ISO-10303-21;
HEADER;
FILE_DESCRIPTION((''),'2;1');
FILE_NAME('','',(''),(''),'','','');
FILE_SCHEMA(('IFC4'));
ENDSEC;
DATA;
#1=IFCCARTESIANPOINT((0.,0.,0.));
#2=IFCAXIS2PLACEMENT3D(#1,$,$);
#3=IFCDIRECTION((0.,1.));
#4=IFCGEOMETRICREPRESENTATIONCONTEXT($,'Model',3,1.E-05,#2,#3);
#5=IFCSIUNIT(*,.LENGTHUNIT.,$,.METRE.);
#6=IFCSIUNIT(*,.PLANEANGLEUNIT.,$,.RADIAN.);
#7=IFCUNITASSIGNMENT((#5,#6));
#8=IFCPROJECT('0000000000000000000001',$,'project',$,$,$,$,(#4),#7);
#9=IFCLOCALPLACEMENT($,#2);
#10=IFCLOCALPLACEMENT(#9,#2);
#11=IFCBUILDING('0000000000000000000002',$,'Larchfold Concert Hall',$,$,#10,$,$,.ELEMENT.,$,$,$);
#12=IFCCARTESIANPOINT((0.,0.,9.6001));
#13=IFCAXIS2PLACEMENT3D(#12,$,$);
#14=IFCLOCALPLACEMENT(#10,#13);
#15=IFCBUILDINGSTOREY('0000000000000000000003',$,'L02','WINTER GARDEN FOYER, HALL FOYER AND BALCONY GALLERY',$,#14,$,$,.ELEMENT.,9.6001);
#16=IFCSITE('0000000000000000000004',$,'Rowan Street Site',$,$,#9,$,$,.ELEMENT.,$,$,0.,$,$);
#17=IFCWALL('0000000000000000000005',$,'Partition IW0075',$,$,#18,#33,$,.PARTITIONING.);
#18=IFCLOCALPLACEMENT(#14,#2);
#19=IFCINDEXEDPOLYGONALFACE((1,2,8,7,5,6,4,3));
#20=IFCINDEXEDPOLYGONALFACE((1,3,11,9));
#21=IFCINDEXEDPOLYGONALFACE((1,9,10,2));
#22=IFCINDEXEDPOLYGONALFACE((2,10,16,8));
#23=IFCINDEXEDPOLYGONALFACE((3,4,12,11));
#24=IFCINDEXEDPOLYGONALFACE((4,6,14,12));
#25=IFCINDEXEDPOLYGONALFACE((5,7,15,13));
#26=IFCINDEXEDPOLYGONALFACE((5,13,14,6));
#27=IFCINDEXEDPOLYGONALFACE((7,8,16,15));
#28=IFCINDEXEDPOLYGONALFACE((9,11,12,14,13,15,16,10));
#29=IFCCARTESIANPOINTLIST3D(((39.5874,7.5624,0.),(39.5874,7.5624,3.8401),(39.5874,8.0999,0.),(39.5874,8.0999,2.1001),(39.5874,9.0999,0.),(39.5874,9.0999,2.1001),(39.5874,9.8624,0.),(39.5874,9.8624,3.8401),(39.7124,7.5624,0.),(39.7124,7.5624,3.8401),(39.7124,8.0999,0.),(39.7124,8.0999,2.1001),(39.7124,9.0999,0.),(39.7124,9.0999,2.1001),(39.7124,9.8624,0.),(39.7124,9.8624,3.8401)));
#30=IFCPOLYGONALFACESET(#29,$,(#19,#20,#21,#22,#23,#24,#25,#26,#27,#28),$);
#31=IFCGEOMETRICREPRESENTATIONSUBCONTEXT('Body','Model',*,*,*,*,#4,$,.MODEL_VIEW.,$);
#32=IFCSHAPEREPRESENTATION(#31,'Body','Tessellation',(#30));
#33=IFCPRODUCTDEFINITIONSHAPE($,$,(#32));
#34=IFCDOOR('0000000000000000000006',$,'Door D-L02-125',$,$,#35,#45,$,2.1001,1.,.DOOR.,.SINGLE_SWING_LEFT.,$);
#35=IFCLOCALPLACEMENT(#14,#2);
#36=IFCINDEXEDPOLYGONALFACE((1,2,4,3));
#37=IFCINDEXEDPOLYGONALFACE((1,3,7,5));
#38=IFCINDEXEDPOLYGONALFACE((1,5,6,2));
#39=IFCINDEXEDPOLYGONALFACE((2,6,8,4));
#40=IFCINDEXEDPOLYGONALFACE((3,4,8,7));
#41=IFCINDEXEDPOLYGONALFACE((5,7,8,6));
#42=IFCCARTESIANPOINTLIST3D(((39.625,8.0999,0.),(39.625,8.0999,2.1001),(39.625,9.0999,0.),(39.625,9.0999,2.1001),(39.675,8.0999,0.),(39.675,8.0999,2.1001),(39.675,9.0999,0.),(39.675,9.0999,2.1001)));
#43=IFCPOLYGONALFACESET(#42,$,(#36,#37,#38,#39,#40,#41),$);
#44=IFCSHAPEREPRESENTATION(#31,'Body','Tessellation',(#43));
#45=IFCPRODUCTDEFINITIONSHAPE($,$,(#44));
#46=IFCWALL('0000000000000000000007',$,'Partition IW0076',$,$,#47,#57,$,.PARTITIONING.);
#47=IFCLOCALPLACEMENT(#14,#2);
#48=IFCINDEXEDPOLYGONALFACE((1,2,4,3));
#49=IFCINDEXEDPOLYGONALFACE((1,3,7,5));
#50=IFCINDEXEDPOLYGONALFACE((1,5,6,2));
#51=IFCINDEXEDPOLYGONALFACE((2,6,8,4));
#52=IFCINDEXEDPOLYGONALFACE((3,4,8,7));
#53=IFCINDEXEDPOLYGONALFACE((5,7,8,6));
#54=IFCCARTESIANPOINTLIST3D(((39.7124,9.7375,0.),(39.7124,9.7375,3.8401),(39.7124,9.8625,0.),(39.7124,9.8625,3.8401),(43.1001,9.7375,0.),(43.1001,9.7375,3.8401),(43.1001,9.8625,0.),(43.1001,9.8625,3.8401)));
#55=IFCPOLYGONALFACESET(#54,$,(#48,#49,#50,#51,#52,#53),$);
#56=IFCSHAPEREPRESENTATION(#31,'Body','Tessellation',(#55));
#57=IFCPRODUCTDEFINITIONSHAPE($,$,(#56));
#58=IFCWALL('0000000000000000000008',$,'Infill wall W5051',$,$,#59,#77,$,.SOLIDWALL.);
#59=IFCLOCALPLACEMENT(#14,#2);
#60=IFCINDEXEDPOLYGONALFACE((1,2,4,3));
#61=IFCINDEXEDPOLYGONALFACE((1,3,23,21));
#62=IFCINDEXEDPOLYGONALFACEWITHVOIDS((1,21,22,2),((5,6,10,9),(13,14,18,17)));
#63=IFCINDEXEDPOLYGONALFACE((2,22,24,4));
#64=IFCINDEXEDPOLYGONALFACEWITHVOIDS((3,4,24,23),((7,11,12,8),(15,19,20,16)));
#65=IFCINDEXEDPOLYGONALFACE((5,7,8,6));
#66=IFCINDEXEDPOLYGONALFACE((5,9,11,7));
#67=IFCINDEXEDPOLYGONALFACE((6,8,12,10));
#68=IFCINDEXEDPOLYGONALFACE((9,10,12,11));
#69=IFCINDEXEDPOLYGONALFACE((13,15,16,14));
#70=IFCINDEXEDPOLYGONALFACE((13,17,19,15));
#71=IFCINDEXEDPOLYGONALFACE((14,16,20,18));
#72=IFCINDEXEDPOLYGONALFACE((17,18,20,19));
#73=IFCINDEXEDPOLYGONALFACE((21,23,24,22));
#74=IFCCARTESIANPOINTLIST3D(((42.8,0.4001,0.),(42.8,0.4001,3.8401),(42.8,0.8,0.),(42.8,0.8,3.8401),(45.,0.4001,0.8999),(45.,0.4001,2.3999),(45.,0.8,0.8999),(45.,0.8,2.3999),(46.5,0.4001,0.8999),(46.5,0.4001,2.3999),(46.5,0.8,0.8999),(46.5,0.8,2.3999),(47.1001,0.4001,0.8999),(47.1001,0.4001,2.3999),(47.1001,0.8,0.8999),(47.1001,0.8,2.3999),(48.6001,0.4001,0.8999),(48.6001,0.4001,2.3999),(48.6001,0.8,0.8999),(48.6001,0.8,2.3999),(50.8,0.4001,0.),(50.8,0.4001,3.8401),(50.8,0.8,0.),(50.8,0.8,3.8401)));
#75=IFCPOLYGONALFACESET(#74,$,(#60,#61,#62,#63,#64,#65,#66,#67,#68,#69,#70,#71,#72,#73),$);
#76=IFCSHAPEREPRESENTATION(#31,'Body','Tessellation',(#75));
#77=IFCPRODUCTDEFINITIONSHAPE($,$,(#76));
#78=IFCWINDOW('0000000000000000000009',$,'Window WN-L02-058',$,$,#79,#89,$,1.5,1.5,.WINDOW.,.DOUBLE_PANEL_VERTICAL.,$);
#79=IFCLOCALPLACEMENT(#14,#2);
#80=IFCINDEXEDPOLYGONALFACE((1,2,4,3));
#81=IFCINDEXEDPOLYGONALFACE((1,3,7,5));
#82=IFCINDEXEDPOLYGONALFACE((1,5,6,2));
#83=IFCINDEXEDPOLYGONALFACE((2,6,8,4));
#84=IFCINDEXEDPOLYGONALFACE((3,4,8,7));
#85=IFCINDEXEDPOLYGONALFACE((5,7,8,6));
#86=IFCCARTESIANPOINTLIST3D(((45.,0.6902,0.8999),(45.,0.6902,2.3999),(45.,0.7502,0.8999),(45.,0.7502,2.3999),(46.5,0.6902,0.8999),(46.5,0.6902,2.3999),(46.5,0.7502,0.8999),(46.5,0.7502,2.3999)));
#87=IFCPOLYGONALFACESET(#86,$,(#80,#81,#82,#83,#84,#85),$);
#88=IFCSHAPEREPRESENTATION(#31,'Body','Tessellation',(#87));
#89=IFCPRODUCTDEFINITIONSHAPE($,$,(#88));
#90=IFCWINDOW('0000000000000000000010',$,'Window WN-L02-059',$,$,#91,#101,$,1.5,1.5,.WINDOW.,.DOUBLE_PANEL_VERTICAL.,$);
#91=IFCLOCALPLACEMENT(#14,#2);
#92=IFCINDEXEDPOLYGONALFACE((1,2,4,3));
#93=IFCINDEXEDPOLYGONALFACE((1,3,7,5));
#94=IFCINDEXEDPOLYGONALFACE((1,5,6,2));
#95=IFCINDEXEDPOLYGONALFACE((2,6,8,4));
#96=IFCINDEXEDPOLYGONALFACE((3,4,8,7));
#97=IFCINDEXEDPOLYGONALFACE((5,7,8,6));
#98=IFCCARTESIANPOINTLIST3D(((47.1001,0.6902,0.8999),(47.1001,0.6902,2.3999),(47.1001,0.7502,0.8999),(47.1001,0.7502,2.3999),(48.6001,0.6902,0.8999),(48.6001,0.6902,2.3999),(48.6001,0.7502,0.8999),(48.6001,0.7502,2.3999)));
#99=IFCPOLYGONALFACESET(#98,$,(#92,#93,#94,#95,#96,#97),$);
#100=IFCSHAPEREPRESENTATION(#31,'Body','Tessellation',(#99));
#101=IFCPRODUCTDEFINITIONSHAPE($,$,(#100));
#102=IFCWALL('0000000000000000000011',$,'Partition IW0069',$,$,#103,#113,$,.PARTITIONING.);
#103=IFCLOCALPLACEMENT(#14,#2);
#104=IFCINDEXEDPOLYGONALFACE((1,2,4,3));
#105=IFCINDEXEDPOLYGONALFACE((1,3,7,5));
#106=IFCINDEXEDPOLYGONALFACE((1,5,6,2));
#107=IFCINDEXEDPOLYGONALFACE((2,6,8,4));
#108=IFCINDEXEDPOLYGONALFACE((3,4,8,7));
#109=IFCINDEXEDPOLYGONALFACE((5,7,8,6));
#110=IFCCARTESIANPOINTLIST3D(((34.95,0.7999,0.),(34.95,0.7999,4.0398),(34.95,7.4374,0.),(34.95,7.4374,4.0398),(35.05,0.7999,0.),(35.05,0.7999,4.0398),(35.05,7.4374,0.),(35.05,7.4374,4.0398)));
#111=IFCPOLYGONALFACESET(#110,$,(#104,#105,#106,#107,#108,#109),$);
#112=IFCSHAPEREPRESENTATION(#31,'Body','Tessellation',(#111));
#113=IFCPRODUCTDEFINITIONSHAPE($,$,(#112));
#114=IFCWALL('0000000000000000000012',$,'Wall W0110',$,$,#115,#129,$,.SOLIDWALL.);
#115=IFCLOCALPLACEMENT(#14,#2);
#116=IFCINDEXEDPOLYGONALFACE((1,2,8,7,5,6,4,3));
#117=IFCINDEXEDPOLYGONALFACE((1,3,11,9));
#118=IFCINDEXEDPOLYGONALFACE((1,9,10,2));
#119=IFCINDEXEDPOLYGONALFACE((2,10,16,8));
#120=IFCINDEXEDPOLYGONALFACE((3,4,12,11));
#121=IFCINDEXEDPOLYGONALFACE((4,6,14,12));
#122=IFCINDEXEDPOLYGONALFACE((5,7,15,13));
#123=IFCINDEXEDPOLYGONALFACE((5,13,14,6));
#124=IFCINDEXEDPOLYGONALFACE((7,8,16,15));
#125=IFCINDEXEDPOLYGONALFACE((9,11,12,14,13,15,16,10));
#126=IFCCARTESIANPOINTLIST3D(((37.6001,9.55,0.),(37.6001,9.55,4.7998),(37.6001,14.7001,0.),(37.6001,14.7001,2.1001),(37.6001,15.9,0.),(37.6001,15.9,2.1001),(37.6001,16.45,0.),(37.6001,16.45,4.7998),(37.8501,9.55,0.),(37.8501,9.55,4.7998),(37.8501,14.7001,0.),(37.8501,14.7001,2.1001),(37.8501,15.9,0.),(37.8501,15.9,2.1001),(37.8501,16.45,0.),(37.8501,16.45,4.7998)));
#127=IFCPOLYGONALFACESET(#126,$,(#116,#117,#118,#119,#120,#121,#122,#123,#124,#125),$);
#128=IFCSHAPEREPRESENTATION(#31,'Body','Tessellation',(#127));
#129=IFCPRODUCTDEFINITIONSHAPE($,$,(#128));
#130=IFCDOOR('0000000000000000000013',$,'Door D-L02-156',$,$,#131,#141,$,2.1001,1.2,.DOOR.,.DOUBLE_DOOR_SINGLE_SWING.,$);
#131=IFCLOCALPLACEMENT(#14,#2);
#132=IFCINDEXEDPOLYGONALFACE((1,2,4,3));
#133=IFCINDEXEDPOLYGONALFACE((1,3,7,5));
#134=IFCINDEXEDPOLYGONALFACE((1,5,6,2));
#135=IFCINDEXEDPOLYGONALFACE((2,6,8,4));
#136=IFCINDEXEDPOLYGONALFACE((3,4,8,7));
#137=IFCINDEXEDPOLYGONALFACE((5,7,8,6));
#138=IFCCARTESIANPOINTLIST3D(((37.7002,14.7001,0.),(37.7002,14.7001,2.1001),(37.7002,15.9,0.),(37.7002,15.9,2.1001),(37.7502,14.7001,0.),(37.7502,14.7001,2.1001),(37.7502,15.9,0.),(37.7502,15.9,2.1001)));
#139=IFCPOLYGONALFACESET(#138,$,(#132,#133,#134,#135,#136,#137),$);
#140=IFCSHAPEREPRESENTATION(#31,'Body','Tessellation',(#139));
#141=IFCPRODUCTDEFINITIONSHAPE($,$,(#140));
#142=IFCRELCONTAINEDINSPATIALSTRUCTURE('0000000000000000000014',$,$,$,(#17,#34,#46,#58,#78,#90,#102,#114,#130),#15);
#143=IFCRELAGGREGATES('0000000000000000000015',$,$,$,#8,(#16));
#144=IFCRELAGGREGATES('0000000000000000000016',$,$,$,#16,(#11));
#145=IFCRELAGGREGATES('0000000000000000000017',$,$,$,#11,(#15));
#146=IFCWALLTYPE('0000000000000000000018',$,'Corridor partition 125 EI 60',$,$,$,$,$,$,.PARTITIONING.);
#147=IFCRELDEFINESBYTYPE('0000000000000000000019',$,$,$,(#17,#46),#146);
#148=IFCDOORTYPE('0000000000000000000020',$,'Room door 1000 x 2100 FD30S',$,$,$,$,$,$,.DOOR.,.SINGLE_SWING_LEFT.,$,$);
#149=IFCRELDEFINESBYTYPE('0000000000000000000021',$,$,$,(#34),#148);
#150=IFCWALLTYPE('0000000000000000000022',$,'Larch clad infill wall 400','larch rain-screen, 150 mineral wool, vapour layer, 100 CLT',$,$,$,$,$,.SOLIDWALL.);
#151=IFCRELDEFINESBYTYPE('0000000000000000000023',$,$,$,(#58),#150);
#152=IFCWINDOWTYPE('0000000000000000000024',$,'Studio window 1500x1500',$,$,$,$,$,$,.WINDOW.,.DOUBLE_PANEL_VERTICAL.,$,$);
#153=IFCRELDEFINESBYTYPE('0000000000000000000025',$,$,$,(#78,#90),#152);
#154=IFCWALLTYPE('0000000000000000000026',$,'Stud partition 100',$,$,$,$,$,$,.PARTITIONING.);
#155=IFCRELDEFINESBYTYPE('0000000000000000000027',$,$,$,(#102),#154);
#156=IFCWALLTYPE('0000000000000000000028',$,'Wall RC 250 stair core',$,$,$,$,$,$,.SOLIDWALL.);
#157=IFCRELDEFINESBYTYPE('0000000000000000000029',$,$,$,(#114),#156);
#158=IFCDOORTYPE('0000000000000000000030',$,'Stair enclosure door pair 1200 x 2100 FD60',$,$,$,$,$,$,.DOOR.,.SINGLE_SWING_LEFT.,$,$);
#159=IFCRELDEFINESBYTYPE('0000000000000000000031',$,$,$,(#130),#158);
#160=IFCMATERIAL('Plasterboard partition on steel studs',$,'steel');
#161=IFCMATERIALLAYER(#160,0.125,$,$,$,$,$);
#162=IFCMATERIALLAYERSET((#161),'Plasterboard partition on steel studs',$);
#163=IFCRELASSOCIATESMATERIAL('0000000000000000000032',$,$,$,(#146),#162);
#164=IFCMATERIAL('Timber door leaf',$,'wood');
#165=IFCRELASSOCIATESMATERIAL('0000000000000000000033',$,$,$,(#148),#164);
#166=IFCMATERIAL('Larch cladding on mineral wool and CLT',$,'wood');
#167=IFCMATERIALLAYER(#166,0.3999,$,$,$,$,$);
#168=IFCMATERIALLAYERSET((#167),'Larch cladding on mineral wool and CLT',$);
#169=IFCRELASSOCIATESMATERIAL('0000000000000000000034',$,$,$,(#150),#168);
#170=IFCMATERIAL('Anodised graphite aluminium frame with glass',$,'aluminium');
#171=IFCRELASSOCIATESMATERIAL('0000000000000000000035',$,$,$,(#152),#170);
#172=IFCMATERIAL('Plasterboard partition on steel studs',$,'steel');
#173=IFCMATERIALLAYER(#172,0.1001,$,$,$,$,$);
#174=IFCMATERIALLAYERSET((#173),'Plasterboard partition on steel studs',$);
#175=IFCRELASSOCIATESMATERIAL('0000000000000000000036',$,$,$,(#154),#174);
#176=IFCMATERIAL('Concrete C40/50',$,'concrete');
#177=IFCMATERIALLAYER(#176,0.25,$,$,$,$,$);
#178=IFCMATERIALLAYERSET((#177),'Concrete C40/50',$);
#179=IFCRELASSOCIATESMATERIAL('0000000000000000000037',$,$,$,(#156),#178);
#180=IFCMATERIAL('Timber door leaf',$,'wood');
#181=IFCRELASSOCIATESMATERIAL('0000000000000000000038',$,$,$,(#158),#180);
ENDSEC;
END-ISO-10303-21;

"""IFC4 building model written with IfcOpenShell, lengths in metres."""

from ifc_helpers import new_model, si_unit, direction, frame, frame_2d, origin, place, context, subcontext, project, spatial, rectangle, extrude, material, layer, layer_set, type_object, element, fill, save


model = new_model("IFC4")

# Units and contexts
model_context = context("Model", 3, precision=1e-05, world=origin(), true_north=direction((0.0, 1.0)))
body_context = subcontext(model_context, "Body", "Model", "MODEL_VIEW")
ifc_project = project(units=[si_unit("LENGTHUNIT", "METRE"), si_unit("PLANEANGLEUNIT", "RADIAN")], contexts=[model_context])

# Site, building, storey
site_placement = place(None, origin())
site = spatial("IfcSite", under=ifc_project, at=site_placement, Name="Rowan Street Site", CompositionType="ELEMENT", RefElevation=0.0)
building_placement = place(site_placement, origin())
building = spatial("IfcBuilding", under=site, at=building_placement, Name="Larchfold Concert Hall", CompositionType="ELEMENT")
storey_placement = place(building_placement, frame((0.0, 0.0, 9.6001)))
storey = spatial("IfcBuildingStorey", under=building, at=storey_placement, Name="L02", Description="WINTER GARDEN FOYER, HALL FOYER AND BALCONY GALLERY", CompositionType="ELEMENT", Elevation=9.6001)

# Shared definitions
ifc_material_1 = material(Name="Plasterboard partition on steel studs", Category="steel")
ifc_layer_1 = layer(ifc_material_1, 0.125)
ifc_layer_set_1 = layer_set([ifc_layer_1], Name="Plasterboard partition on steel studs")
wall_type_1 = type_object("IfcWallType", Name="Corridor partition 125 EI 60", PredefinedType="PARTITIONING", material=ifc_layer_set_1)

# Wall, opening, door
wall_1_placement = place(storey_placement, frame((39.6499, 7.5625, 0.0), z_axis=(0.0, 0.0, 1.0), x_axis=(0.0, 1.0, 0.0)))
wall_1 = element("IfcWall", 1, at=wall_1_placement, inside=storey, type_object=wall_type_1, Name="Partition IW0075", PredefinedType="PARTITIONING", context=body_context, shape_type="SweptSolid", body=[
    extrude(rectangle(XDim=2.3, YDim=0.125, at=frame_2d((1.1499, 0.0))), origin(), (0.0, 0.0, 1.0), 3.8401),
])
opening_1_placement = place(wall_1_placement, frame((0.5374, 0.0, 0.0)))
opening_1 = element("IfcOpeningElement", 2, at=opening_1_placement, cuts=wall_1, PredefinedType="OPENING", context=body_context, shape_type="SweptSolid", body=[
    extrude(rectangle(XDim=1.0, YDim=2.1001, at=frame_2d((0.5, 1.05))), frame((0.0, 0.0725, 0.0), z_axis=(0.0, -1.0, 0.0), x_axis=(1.0, 0.0, 0.0)), (0.0, 0.0, 1.0), 0.145),
])
ifc_material_2 = material(Name="Timber door leaf", Category="wood")
door_type_1 = type_object("IfcDoorType", Name="Room door 1000 x 2100 FD30S", OperationType="SINGLE_SWING_LEFT", PredefinedType="DOOR", material=ifc_material_2)
door_1_placement = place(opening_1_placement, origin())
door_1 = element("IfcDoor", 3, at=door_1_placement, inside=storey, type_object=door_type_1, Name="Door D-L02-125", OperationType="SINGLE_SWING_LEFT", OverallHeight=2.1001, OverallWidth=1.0, PredefinedType="DOOR", context=body_context, shape_type="SweptSolid", body=[
    extrude(rectangle(XDim=1.0, YDim=2.1001, at=frame_2d((0.5, 1.05))), frame((0.0, 0.0249, 0.0), z_axis=(0.0, -1.0, 0.0), x_axis=(1.0, 0.0, 0.0)), (0.0, 0.0, 1.0), 0.05),
])
fill(opening_1, door_1)

# Wall
wall_2_placement = place(storey_placement, frame((39.7124, 9.8, 0.0), z_axis=(0.0, 0.0, 1.0), x_axis=(1.0, 0.0, 0.0)))
element("IfcWall", 4, at=wall_2_placement, inside=storey, type_object=wall_type_1, Name="Partition IW0076", PredefinedType="PARTITIONING", context=body_context, shape_type="SweptSolid", body=[
    extrude(rectangle(XDim=3.3877, YDim=0.125, at=frame_2d((1.6938, 0.0))), origin(), (0.0, 0.0, 1.0), 3.8401),
])

# Wall, openings, windows
ifc_material_3 = material(Name="Larch cladding on mineral wool and CLT", Category="wood")
ifc_layer_2 = layer(ifc_material_3, 0.3999)
ifc_layer_set_2 = layer_set([ifc_layer_2], Name="Larch cladding on mineral wool and CLT")
wall_type_2 = type_object("IfcWallType", Name="Larch clad infill wall 400", Description="larch rain-screen, 150 mineral wool, vapour layer, 100 CLT", PredefinedType="SOLIDWALL", material=ifc_layer_set_2)
wall_3_placement = place(storey_placement, frame((42.8, 0.6001, 0.0), z_axis=(0.0, 0.0, 1.0), x_axis=(1.0, 0.0, 0.0)))
wall_3 = element("IfcWall", 5, at=wall_3_placement, inside=storey, type_object=wall_type_2, Name="Infill wall W5051", PredefinedType="SOLIDWALL", context=body_context, shape_type="SweptSolid", body=[
    extrude(rectangle(XDim=8.0, YDim=0.3999, at=frame_2d((4.0, 0.0))), origin(), (0.0, 0.0, 1.0), 3.8401),
])
opening_2_placement = place(wall_3_placement, frame((2.2, 0.0, 0.8999)))
opening_2 = element("IfcOpeningElement", 6, at=opening_2_placement, cuts=wall_3, PredefinedType="OPENING", context=body_context, shape_type="SweptSolid", body=[
    extrude(rectangle(XDim=1.5, YDim=1.5, at=frame_2d((0.75, 0.75))), frame((0.0, 0.21, 0.0), z_axis=(0.0, -1.0, 0.0), x_axis=(1.0, 0.0, 0.0)), (0.0, 0.0, 1.0), 0.4199),
])
opening_3_placement = place(wall_3_placement, frame((4.3, 0.0, 0.8999)))
opening_3 = element("IfcOpeningElement", 7, at=opening_3_placement, cuts=wall_3, PredefinedType="OPENING", context=body_context, shape_type="SweptSolid", body=[
    extrude(rectangle(XDim=1.5, YDim=1.5, at=frame_2d((0.75, 0.75))), frame((0.0, 0.21, 0.0), z_axis=(0.0, -1.0, 0.0), x_axis=(1.0, 0.0, 0.0)), (0.0, 0.0, 1.0), 0.4199),
])
ifc_material_4 = material(Name="Anodised graphite aluminium frame with glass", Category="aluminium")
window_type = type_object("IfcWindowType", Name="Studio window 1500x1500", PartitioningType="DOUBLE_PANEL_VERTICAL", PredefinedType="WINDOW", material=ifc_material_4)
window_1_placement = place(opening_2_placement, origin())
window_1 = element("IfcWindow", 8, at=window_1_placement, inside=storey, type_object=window_type, Name="Window WN-L02-058", OverallHeight=1.5, OverallWidth=1.5, PartitioningType="DOUBLE_PANEL_VERTICAL", PredefinedType="WINDOW", context=body_context, shape_type="SweptSolid", body=[
    extrude(rectangle(XDim=1.5, YDim=1.5, at=frame_2d((0.75, 0.75))), frame((0.0, 0.1501, 0.0), z_axis=(0.0, -1.0, 0.0), x_axis=(1.0, 0.0, 0.0)), (0.0, 0.0, 1.0), 0.0601),
])
fill(opening_2, window_1)
window_2_placement = place(opening_3_placement, origin())
window_2 = element("IfcWindow", 9, at=window_2_placement, inside=storey, type_object=window_type, Name="Window WN-L02-059", OverallHeight=1.5, OverallWidth=1.5, PartitioningType="DOUBLE_PANEL_VERTICAL", PredefinedType="WINDOW", context=body_context, shape_type="SweptSolid", body=[
    extrude(rectangle(XDim=1.5, YDim=1.5, at=frame_2d((0.75, 0.75))), frame((0.0, 0.1501, 0.0), z_axis=(0.0, -1.0, 0.0), x_axis=(1.0, 0.0, 0.0)), (0.0, 0.0, 1.0), 0.0601),
])
fill(opening_3, window_2)

# Wall
ifc_material_5 = material(Name="Plasterboard partition on steel studs", Category="steel")
ifc_layer_3 = layer(ifc_material_5, 0.1001)
ifc_layer_set_3 = layer_set([ifc_layer_3], Name="Plasterboard partition on steel studs")
wall_type_3 = type_object("IfcWallType", Name="Stud partition 100", PredefinedType="PARTITIONING", material=ifc_layer_set_3)
wall_4_placement = place(storey_placement, frame((35.0, 7.4375, 0.0), z_axis=(0.0, 0.0, 1.0), x_axis=(0.0, -1.0, 0.0)))
element("IfcWall", 10, at=wall_4_placement, inside=storey, type_object=wall_type_3, Name="Partition IW0069", PredefinedType="PARTITIONING", context=body_context, shape_type="SweptSolid", body=[
    extrude(rectangle(XDim=6.6375, YDim=0.1001, at=frame_2d((3.3188, 0.0))), origin(), (0.0, 0.0, 1.0), 4.0398),
])

# Wall, opening, door
ifc_material_6 = material(Name="Concrete C40/50", Category="concrete")
ifc_layer_4 = layer(ifc_material_6, 0.25)
ifc_layer_set_4 = layer_set([ifc_layer_4], Name="Concrete C40/50")
wall_type_4 = type_object("IfcWallType", Name="Wall RC 250 stair core", PredefinedType="SOLIDWALL", material=ifc_layer_set_4)
wall_5_placement = place(storey_placement, frame((37.7251, 9.55, 0.0), z_axis=(0.0, 0.0, 1.0), x_axis=(0.0, 1.0, 0.0)))
wall_5 = element("IfcWall", 11, at=wall_5_placement, inside=storey, type_object=wall_type_4, Name="Wall W0110", PredefinedType="SOLIDWALL", context=body_context, shape_type="SweptSolid", body=[
    extrude(rectangle(XDim=6.8999, YDim=0.25, at=frame_2d((3.45, 0.0))), origin(), (0.0, 0.0, 1.0), 4.7998),
])
opening_4_placement = place(wall_5_placement, frame((5.1499, 0.0, 0.0)))
opening_4 = element("IfcOpeningElement", 12, at=opening_4_placement, cuts=wall_5, PredefinedType="OPENING", context=body_context, shape_type="SweptSolid", body=[
    extrude(rectangle(XDim=1.2, YDim=2.1001, at=frame_2d((0.6001, 1.05))), frame((0.0, 0.135, 0.0), z_axis=(0.0, -1.0, 0.0), x_axis=(1.0, 0.0, 0.0)), (0.0, 0.0, 1.0), 0.27),
])
ifc_material_7 = material(Name="Timber door leaf", Category="wood")
door_type_2 = type_object("IfcDoorType", Name="Stair enclosure door pair 1200 x 2100 FD60", OperationType="SINGLE_SWING_LEFT", PredefinedType="DOOR", material=ifc_material_7)
door_2_placement = place(opening_4_placement, origin())
door_2 = element("IfcDoor", 13, at=door_2_placement, inside=storey, type_object=door_type_2, Name="Door D-L02-156", OperationType="DOUBLE_DOOR_SINGLE_SWING", OverallHeight=2.1001, OverallWidth=1.2, PredefinedType="DOOR", context=body_context, shape_type="SweptSolid", body=[
    extrude(rectangle(XDim=1.2, YDim=2.1001, at=frame_2d((0.6001, 1.05))), frame((0.0, 0.0249, 0.0), z_axis=(0.0, -1.0, 0.0), x_axis=(1.0, 0.0, 0.0)), (0.0, 0.0, 1.0), 0.05),
])
fill(opening_4, door_2)

save(model, "model.ifc")
